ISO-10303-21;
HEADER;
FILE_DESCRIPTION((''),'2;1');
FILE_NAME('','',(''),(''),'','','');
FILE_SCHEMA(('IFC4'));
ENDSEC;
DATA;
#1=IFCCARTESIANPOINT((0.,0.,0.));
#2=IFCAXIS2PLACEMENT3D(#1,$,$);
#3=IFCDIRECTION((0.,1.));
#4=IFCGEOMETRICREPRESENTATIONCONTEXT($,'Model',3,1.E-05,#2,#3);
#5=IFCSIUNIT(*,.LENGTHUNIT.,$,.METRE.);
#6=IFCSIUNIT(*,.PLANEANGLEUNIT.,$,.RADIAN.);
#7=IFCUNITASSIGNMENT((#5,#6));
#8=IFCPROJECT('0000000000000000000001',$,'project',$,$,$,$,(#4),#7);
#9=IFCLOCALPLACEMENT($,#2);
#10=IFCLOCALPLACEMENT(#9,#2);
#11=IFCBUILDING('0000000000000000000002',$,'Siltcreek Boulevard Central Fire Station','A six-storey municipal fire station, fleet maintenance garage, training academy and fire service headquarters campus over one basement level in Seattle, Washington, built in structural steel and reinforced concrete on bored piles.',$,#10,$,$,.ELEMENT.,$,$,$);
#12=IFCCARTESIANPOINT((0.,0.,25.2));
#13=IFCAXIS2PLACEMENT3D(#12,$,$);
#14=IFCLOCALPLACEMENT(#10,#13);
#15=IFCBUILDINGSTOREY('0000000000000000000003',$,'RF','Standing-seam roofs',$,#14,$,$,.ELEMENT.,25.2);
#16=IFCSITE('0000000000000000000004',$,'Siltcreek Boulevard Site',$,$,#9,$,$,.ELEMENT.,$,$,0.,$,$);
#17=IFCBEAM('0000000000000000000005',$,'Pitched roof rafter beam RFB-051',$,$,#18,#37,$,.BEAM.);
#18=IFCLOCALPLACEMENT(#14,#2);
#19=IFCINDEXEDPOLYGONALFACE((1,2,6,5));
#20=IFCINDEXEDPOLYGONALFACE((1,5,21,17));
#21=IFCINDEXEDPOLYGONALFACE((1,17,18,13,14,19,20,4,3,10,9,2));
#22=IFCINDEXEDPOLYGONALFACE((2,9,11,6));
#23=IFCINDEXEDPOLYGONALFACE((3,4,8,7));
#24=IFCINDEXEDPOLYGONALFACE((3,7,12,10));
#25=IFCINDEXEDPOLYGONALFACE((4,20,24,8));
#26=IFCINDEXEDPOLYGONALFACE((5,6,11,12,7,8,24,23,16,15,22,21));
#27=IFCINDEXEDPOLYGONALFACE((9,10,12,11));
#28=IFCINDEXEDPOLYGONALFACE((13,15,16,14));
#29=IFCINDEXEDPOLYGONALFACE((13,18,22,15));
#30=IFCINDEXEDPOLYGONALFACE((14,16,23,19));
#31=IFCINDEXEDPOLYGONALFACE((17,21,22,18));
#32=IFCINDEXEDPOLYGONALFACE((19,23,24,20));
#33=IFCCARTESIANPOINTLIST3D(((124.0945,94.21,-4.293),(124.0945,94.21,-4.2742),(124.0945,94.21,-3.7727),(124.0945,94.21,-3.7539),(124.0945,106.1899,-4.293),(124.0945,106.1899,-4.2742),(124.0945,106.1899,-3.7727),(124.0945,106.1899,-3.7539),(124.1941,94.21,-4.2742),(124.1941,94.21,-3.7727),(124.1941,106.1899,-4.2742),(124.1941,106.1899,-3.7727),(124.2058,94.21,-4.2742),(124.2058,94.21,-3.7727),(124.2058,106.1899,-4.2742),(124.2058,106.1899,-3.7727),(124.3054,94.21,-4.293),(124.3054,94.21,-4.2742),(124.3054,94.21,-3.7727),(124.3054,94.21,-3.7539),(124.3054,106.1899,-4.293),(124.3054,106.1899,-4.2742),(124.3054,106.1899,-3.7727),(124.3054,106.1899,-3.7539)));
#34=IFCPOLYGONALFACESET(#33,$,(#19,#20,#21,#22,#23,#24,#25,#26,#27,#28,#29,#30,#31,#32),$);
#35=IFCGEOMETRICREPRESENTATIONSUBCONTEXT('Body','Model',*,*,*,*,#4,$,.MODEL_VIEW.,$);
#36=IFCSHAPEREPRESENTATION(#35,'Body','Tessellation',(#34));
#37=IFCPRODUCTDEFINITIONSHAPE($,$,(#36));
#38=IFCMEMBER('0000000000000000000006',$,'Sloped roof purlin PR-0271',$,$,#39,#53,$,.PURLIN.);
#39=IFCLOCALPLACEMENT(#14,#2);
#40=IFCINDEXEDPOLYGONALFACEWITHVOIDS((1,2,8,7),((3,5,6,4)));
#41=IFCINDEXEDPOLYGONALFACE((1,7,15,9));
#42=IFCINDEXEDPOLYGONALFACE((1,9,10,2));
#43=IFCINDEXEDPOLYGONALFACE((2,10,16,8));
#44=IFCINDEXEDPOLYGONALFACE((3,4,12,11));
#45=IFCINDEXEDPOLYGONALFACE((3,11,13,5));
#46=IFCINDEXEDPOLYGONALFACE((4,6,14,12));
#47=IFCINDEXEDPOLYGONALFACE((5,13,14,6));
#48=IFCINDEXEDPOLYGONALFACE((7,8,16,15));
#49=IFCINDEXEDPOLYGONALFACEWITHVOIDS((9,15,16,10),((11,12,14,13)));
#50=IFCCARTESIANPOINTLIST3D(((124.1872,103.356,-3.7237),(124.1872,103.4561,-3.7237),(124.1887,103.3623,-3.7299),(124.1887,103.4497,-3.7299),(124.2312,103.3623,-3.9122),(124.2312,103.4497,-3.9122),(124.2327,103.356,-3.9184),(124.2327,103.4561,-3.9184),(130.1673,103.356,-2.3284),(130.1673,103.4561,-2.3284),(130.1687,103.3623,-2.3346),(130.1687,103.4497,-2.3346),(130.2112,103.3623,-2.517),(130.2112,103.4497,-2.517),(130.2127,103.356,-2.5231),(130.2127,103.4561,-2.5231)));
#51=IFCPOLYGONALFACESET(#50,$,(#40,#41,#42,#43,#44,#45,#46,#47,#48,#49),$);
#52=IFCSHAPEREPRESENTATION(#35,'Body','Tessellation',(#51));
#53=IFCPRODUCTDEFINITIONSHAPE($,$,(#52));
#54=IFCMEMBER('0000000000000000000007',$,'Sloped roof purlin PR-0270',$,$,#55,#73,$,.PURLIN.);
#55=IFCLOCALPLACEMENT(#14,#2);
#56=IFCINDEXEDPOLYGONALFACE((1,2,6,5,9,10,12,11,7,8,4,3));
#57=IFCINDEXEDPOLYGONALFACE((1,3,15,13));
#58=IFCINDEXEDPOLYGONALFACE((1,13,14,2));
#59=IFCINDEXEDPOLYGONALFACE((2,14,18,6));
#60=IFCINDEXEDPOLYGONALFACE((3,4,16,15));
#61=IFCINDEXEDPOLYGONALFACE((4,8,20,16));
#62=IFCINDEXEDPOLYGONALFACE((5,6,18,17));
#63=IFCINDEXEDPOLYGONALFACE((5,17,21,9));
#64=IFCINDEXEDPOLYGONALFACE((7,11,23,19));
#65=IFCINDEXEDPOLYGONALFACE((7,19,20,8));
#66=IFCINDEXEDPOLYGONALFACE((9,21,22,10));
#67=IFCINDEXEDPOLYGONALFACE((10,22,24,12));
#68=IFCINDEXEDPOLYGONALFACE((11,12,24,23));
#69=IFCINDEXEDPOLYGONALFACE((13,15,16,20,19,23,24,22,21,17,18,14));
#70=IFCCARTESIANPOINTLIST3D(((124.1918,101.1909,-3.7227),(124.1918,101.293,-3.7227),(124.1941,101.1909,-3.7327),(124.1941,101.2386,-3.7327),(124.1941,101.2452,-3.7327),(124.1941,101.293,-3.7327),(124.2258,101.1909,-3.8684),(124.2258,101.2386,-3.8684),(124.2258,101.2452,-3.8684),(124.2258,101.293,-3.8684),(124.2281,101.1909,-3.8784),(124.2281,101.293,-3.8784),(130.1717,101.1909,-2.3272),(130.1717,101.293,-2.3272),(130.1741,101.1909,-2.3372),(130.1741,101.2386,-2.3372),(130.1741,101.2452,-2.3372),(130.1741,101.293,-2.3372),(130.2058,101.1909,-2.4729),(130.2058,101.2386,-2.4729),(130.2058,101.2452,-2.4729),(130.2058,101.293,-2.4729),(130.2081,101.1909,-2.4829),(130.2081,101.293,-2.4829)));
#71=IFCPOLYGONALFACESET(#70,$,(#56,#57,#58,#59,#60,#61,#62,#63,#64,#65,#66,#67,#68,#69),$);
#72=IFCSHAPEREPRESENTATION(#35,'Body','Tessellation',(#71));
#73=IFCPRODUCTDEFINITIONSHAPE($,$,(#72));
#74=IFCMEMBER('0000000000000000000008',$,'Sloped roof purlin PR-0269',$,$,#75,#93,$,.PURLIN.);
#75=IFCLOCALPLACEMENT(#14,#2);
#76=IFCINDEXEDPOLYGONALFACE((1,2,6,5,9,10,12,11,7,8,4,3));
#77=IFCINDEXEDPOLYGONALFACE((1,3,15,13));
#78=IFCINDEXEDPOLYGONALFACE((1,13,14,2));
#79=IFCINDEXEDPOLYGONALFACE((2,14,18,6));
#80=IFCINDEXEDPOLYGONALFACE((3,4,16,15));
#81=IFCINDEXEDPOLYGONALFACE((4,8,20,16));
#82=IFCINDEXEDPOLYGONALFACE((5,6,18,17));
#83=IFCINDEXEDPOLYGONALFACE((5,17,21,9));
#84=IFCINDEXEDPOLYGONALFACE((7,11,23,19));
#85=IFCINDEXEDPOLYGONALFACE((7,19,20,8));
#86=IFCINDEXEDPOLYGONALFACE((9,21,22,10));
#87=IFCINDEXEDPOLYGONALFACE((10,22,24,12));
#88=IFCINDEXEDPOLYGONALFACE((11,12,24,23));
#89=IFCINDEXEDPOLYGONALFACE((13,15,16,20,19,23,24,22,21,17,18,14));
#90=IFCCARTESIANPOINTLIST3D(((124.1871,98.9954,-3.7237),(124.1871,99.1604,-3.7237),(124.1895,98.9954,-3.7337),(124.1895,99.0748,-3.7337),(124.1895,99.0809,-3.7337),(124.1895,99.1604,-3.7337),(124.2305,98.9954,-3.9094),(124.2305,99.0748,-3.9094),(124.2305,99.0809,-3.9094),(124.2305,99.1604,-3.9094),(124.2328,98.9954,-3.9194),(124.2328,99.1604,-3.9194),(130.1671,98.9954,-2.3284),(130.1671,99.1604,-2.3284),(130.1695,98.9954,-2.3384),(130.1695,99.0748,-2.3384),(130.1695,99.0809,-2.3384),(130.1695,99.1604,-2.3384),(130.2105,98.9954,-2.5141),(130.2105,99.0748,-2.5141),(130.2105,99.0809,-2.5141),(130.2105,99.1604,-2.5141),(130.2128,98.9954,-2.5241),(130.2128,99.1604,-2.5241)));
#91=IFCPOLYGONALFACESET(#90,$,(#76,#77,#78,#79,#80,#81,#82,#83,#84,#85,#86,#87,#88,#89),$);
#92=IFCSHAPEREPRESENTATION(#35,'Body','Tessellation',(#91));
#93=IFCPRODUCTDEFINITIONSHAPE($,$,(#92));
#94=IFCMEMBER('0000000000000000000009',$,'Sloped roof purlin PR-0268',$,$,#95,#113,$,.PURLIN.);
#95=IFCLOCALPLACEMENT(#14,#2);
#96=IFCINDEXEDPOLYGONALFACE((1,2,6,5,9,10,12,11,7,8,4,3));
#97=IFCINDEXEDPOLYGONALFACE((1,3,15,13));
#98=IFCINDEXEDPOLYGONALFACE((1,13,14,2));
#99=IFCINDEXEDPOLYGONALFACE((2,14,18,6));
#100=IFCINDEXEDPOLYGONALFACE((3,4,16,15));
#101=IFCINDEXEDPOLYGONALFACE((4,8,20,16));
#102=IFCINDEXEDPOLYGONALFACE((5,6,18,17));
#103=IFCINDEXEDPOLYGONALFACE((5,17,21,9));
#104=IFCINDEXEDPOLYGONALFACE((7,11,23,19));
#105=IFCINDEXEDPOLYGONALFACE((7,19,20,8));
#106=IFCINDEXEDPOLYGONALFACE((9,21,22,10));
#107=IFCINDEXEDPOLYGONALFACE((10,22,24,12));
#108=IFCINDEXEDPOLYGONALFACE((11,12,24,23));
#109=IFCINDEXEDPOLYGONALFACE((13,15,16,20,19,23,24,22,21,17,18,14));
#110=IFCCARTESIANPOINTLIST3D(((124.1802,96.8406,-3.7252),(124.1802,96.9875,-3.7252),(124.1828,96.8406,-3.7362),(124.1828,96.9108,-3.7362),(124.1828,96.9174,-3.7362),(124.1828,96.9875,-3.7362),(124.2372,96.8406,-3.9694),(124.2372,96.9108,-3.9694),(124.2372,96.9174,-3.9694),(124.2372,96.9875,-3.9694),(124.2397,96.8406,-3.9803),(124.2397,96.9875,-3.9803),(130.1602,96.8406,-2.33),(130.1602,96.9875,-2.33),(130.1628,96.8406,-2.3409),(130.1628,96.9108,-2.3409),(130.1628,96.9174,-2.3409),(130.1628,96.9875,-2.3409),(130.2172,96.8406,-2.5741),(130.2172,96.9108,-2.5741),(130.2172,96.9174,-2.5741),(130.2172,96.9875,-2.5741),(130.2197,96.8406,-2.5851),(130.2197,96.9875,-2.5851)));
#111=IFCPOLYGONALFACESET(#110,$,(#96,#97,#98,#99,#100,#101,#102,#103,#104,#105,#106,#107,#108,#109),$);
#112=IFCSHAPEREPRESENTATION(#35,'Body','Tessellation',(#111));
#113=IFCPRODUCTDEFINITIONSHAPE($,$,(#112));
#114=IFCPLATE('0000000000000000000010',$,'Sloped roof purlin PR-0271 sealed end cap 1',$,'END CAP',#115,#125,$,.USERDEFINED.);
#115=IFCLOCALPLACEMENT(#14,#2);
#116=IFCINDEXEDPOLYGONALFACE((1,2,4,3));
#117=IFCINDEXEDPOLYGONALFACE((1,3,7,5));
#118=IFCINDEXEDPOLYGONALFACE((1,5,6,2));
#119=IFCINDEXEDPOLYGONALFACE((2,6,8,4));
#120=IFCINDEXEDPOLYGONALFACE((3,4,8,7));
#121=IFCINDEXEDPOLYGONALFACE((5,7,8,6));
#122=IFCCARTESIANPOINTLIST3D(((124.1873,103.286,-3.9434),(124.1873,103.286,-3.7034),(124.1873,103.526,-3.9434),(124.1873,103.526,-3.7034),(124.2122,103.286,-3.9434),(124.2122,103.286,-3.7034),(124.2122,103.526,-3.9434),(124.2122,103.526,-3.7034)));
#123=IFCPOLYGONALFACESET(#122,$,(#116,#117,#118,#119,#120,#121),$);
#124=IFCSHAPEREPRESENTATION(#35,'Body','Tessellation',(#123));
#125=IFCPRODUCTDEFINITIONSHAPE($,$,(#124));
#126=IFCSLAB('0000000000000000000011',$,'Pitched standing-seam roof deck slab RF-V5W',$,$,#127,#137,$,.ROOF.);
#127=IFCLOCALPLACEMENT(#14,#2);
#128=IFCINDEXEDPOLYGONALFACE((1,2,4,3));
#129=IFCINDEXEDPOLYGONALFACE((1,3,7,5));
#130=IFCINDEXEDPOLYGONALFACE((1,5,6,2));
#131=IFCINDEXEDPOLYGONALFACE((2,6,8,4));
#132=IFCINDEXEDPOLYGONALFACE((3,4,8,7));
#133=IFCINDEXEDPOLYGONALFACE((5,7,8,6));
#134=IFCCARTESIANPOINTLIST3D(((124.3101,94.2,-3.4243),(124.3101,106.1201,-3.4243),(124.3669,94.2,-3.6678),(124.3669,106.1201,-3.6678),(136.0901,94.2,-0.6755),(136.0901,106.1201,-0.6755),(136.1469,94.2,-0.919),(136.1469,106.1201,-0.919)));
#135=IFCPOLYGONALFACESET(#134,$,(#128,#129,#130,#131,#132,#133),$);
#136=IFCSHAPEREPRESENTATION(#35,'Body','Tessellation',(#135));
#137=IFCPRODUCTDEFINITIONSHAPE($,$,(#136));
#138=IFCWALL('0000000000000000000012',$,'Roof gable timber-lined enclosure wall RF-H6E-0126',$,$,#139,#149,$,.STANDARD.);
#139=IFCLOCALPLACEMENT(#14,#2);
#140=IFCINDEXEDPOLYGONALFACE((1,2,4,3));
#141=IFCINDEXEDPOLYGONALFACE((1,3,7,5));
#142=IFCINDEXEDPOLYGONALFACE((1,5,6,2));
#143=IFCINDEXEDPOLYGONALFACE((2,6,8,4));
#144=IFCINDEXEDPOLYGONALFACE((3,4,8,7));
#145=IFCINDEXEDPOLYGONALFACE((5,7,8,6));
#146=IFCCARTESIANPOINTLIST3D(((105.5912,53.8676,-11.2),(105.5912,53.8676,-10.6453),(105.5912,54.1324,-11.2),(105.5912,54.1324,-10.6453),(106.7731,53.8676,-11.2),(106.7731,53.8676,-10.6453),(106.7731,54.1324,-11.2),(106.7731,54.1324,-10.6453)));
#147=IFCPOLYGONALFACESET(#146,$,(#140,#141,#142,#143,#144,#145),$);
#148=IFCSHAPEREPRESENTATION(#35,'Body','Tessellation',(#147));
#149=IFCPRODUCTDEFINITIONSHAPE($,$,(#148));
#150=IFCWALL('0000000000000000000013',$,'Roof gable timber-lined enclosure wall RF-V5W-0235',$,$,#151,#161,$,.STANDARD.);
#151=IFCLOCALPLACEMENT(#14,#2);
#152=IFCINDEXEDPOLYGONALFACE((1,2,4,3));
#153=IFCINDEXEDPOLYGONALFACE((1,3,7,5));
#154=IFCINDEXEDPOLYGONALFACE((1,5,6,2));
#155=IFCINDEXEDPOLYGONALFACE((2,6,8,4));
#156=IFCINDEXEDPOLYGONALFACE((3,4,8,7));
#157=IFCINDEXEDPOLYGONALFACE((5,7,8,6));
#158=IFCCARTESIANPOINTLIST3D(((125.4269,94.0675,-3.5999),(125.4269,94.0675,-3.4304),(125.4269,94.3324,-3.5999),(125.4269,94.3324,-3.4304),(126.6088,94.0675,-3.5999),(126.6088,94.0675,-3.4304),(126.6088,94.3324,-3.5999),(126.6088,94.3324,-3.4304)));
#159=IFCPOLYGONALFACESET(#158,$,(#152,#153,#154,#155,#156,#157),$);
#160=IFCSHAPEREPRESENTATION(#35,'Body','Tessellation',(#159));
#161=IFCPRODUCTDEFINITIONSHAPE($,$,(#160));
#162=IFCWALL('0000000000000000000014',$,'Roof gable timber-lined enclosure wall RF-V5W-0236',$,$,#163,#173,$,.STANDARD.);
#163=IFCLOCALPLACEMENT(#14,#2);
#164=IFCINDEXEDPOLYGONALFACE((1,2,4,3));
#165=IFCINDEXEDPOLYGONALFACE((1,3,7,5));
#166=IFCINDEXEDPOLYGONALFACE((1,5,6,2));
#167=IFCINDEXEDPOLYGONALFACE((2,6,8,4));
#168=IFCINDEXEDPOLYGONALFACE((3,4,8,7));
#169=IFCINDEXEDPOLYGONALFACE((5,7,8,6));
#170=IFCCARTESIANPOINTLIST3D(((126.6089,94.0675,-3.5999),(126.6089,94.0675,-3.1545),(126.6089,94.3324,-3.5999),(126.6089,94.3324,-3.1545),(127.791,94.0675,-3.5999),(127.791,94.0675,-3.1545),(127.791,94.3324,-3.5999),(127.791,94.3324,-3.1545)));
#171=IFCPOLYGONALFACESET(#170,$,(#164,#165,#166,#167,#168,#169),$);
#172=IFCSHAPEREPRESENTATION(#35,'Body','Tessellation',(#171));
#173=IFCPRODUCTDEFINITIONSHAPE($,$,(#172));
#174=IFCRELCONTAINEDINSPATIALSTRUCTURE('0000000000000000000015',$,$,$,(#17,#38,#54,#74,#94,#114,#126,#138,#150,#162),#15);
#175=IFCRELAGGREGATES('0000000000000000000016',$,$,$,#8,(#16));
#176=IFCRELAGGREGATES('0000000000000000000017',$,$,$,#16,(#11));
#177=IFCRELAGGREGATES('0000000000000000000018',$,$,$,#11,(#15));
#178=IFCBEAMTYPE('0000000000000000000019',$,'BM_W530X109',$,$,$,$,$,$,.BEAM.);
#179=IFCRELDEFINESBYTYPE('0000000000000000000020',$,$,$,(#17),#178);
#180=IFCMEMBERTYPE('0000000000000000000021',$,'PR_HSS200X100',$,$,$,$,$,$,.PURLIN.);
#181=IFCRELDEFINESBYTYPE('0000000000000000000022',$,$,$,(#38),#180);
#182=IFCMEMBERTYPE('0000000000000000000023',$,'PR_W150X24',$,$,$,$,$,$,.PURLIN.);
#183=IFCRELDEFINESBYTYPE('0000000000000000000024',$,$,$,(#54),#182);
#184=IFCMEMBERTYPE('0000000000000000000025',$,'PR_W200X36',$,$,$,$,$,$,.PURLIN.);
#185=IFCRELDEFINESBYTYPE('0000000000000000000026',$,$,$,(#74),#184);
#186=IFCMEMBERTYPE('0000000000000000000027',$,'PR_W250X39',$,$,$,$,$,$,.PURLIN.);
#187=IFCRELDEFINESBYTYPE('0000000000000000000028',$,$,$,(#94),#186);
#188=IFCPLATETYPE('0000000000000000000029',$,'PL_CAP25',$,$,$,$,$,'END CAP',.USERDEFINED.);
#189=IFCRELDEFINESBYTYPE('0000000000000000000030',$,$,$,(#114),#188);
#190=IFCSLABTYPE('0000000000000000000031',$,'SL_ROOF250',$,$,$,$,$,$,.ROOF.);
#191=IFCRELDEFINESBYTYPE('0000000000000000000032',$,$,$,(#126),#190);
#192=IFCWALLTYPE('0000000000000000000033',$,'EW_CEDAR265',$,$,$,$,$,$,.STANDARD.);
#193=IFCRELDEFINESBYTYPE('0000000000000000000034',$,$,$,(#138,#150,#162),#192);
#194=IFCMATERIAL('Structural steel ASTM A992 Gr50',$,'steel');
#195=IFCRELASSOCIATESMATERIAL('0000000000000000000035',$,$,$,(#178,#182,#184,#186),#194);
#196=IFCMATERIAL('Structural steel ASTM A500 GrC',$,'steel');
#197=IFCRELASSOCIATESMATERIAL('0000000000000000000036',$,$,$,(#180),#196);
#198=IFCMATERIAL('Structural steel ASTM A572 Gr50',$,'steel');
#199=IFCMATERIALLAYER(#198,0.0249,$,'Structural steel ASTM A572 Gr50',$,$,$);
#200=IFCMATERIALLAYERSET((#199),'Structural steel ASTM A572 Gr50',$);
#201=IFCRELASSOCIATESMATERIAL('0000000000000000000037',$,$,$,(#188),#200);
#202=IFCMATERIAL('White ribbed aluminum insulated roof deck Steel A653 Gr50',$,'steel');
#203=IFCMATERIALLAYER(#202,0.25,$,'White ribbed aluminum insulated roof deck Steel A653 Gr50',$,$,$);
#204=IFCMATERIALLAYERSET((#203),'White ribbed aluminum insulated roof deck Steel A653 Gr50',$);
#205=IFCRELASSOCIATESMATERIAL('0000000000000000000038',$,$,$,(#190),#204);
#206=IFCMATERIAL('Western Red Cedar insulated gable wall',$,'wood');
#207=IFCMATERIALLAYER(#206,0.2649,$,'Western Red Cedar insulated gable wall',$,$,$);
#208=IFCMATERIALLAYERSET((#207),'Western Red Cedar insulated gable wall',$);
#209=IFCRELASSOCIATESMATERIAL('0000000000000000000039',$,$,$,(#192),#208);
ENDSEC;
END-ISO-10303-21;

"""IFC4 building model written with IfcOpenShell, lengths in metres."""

from ifc_helpers import new_model, si_unit, direction, frame, frame_2d, origin, origin_2d, place, context, subcontext, project, spatial, polyline, rectangle, hollow_rectangle, i_section, outline, extrude, material, layer, layer_set, material_profile, profile_set, type_object, element, save


model = new_model("IFC4")

# Units and contexts
model_context = context("Model", 3, precision=1e-05, world=origin(), true_north=direction((0.0, 1.0)))
body_context = subcontext(model_context, "Body", "Model", "MODEL_VIEW")
ifc_project = project(units=[si_unit("LENGTHUNIT", "METRE"), si_unit("PLANEANGLEUNIT", "RADIAN")], contexts=[model_context])

# Site, building, storey
site_placement = place(None, origin())
site = spatial("IfcSite", under=ifc_project, at=site_placement, Name="Siltcreek Boulevard Site", CompositionType="ELEMENT", RefElevation=0.0)
building_placement = place(site_placement, origin())
building = spatial("IfcBuilding", under=site, at=building_placement, Name="Siltcreek Boulevard Central Fire Station", Description="A six-storey municipal fire station, fleet maintenance garage, training academy and fire service headquarters campus over one basement level in Seattle, Washington, built in structural steel and reinforced concrete on bored piles.", CompositionType="ELEMENT")
storey_placement = place(building_placement, frame((0.0, 0.0, 25.2)))
storey = spatial("IfcBuildingStorey", under=building, at=storey_placement, Name="RF", Description="Standing-seam roofs", CompositionType="ELEMENT", Elevation=25.2)

# Beam
ifc_material_1 = material(Name="Structural steel ASTM A992 Gr50", Category="steel")
ifc_material_profile_1 = material_profile(ifc_material_1, i_section(OverallWidth=0.2109, OverallDepth=0.5391, WebThickness=0.0117, FlangeThickness=0.0188, at=origin_2d()), Name="W530X109")
ifc_profile_set_1 = profile_set([ifc_material_profile_1], Name="Structural steel ASTM A992 Gr50")
beam_type = type_object("IfcBeamType", Name="BM_W530X109", PredefinedType="BEAM", material=ifc_profile_set_1)
beam_placement = place(storey_placement, frame((124.2, 94.21, -4.0234), z_axis=(0.0, 1.0, 0.0), x_axis=(-1.0, 0.0, 0.0)))
element("IfcBeam", 1, at=beam_placement, inside=storey, type_object=beam_type, Name="Pitched roof rafter beam RFB-051", PredefinedType="BEAM", context=body_context, shape_type="SweptSolid", body=[
    extrude(i_section(OverallWidth=0.2109, OverallDepth=0.5391, WebThickness=0.0117, FlangeThickness=0.0188, at=origin_2d()), origin(), (0.0, 0.0, 1.0), 11.98),
])

# Members
ifc_material_2 = material(Name="Structural steel ASTM A500 GrC", Category="steel")
ifc_material_profile_2 = material_profile(ifc_material_2, hollow_rectangle(XDim=0.1001, YDim=0.2, WallThickness=0.0063, at=origin_2d()), Name="HSS200X100X6.4")
ifc_profile_set_2 = profile_set([ifc_material_profile_2], Name="Structural steel ASTM A500 GrC")
member_type_1 = type_object("IfcMemberType", Name="PR_HSS200X100", PredefinedType="PURLIN", material=ifc_profile_set_2)
member_1_placement = place(storey_placement, frame((124.21, 103.406, -3.821), z_axis=(0.973844, 0.0, 0.22722), x_axis=(0.0, 1.0, 0.0)))
element("IfcMember", 2, at=member_1_placement, inside=storey, type_object=member_type_1, Name="Sloped roof purlin PR-0271", PredefinedType="PURLIN", context=body_context, shape_type="SweptSolid", body=[
    extrude(hollow_rectangle(XDim=0.1001, YDim=0.2, WallThickness=0.0063, at=origin_2d()), origin(), (0.0, 0.0, 1.0), 6.1406),
])
ifc_material_profile_3 = material_profile(ifc_material_1, i_section(OverallWidth=0.1021, OverallDepth=0.1599, WebThickness=0.0066, FlangeThickness=0.0103, at=origin_2d()), Name="W150X24")
ifc_profile_set_3 = profile_set([ifc_material_profile_3], Name="Structural steel ASTM A992 Gr50")
member_type_2 = type_object("IfcMemberType", Name="PR_W150X24", PredefinedType="PURLIN", material=ifc_profile_set_3)
member_2_placement = place(storey_placement, frame((124.21, 101.2419, -3.8005), z_axis=(0.973835, 0.0, 0.227257), x_axis=(0.0, 1.0, 0.0)))
element("IfcMember", 3, at=member_2_placement, inside=storey, type_object=member_type_2, Name="Sloped roof purlin PR-0270", PredefinedType="PURLIN", context=body_context, shape_type="SweptSolid", body=[
    extrude(i_section(OverallWidth=0.1021, OverallDepth=0.1599, WebThickness=0.0066, FlangeThickness=0.0103, at=origin_2d()), origin(), (0.0, 0.0, 1.0), 6.1406),
])
ifc_material_profile_4 = material_profile(ifc_material_1, i_section(OverallWidth=0.165, OverallDepth=0.2009, WebThickness=0.0061, FlangeThickness=0.0103, at=origin_2d()), Name="W200X36")
ifc_profile_set_4 = profile_set([ifc_material_profile_4], Name="Structural steel ASTM A992 Gr50")
member_type_3 = type_object("IfcMemberType", Name="PR_W200X36", PredefinedType="PURLIN", material=ifc_profile_set_4)
member_3_placement = place(storey_placement, frame((124.21, 99.0779, -3.8215), z_axis=(0.973844, 0.0, 0.22722), x_axis=(0.0, 1.0, 0.0)))
element("IfcMember", 4, at=member_3_placement, inside=storey, type_object=member_type_3, Name="Sloped roof purlin PR-0269", PredefinedType="PURLIN", context=body_context, shape_type="SweptSolid", body=[
    extrude(i_section(OverallWidth=0.165, OverallDepth=0.2009, WebThickness=0.0061, FlangeThickness=0.0103, at=origin_2d()), origin(), (0.0, 0.0, 1.0), 6.1406),
])
ifc_material_profile_5 = material_profile(ifc_material_1, i_section(OverallWidth=0.147, OverallDepth=0.262, WebThickness=0.0066, FlangeThickness=0.0112, at=origin_2d()), Name="W250X39")
ifc_profile_set_5 = profile_set([ifc_material_profile_5], Name="Structural steel ASTM A992 Gr50")
member_type_4 = type_object("IfcMemberType", Name="PR_W250X39", PredefinedType="PURLIN", material=ifc_profile_set_5)
member_4_placement = place(storey_placement, frame((124.21, 96.9141, -3.8528), z_axis=(0.973844, 0.0, 0.22722), x_axis=(0.0, 1.0, 0.0)))
element("IfcMember", 5, at=member_4_placement, inside=storey, type_object=member_type_4, Name="Sloped roof purlin PR-0268", PredefinedType="PURLIN", context=body_context, shape_type="SweptSolid", body=[
    extrude(i_section(OverallWidth=0.147, OverallDepth=0.262, WebThickness=0.0066, FlangeThickness=0.0112, at=origin_2d()), origin(), (0.0, 0.0, 1.0), 6.1406),
])

# Plate
ifc_material_3 = material(Name="Structural steel ASTM A572 Gr50", Category="steel")
ifc_layer_1 = layer(ifc_material_3, 0.0249, Name="Structural steel ASTM A572 Gr50")
ifc_layer_set_1 = layer_set([ifc_layer_1], Name="Structural steel ASTM A572 Gr50")
plate_type = type_object("IfcPlateType", Name="PL_CAP25", ElementType="END CAP", PredefinedType="USERDEFINED", material=ifc_layer_set_1)
plate_placement = place(storey_placement, frame((124.1997, 103.406, -3.9434), z_axis=(0.0, 0.0, 1.0), x_axis=(1.0, 0.0, 0.0)))
element("IfcPlate", 6, at=plate_placement, inside=storey, type_object=plate_type, Name="Sloped roof purlin PR-0271 sealed end cap 1", ObjectType="END CAP", PredefinedType="USERDEFINED", context=body_context, shape_type="SweptSolid", body=[
    extrude(rectangle(XDim=0.0249, YDim=0.24, at=origin_2d()), origin(), (0.0, 0.0, 1.0), 0.24),
])

# Slab
ifc_material_4 = material(Name="White ribbed aluminum insulated roof deck Steel A653 Gr50", Category="steel")
ifc_layer_2 = layer(ifc_material_4, 0.25, Name="White ribbed aluminum insulated roof deck Steel A653 Gr50")
ifc_layer_set_2 = layer_set([ifc_layer_2], Name="White ribbed aluminum insulated roof deck Steel A653 Gr50")
slab_type = type_object("IfcSlabType", Name="SL_ROOF250", PredefinedType="ROOF", material=ifc_layer_set_2)
slab_placement = place(storey_placement, frame((124.3101, 94.2, -3.4243), z_axis=(-0.227238, 0.0, 0.973839), x_axis=(0.973839, 0.0, 0.227238)))
element("IfcSlab", 7, at=slab_placement, inside=storey, type_object=slab_type, Name="Pitched standing-seam roof deck slab RF-V5W", PredefinedType="ROOF", context=body_context, shape_type="SweptSolid", body=[
    extrude(outline(polyline([(0.0, 0.0), (12.0965, 0.0), (12.0965, 11.9202), (0.0, 11.9202), (0.0, 0.0)])), origin(), (0.0, 0.0, -1.0), 0.25),
])

# Walls
ifc_material_5 = material(Name="Western Red Cedar insulated gable wall", Category="wood")
ifc_layer_3 = layer(ifc_material_5, 0.2649, Name="Western Red Cedar insulated gable wall")
ifc_layer_set_3 = layer_set([ifc_layer_3], Name="Western Red Cedar insulated gable wall")
wall_type_1 = type_object("IfcWallType", Name="EW_CEDAR265", PredefinedType="STANDARD", material=ifc_layer_set_3)
wall_1_placement = place(storey_placement, frame((106.7729, 54.0, -11.2), z_axis=(0.0, 0.0, 1.0), x_axis=(-1.0, 0.0, 0.0)))
element("IfcWall", 8, at=wall_1_placement, inside=storey, type_object=wall_type_1, Name="Roof gable timber-lined enclosure wall RF-H6E-0126", PredefinedType="STANDARD", context=body_context, shape_type="SweptSolid", body=[
    extrude(rectangle(XDim=1.1819, YDim=0.2649, at=frame_2d((0.5908, 0.0))), origin(), (0.0, 0.0, 1.0), 0.5547),
])
wall_2_placement = place(storey_placement, frame((125.427, 94.2, -3.5999), z_axis=(0.0, 0.0, 1.0), x_axis=(1.0, 0.0, 0.0)))
element("IfcWall", 9, at=wall_2_placement, inside=storey, type_object=wall_type_1, Name="Roof gable timber-lined enclosure wall RF-V5W-0235", PredefinedType="STANDARD", context=body_context, shape_type="SweptSolid", body=[
    extrude(rectangle(XDim=1.1819, YDim=0.2649, at=frame_2d((0.5908, 0.0))), origin(), (0.0, 0.0, 1.0), 0.1694),
])
wall_3_placement = place(storey_placement, frame((126.6089, 94.2, -3.5999), z_axis=(0.0, 0.0, 1.0), x_axis=(1.0, 0.0, 0.0)))
element("IfcWall", 10, at=wall_3_placement, inside=storey, type_object=wall_type_1, Name="Roof gable timber-lined enclosure wall RF-V5W-0236", PredefinedType="STANDARD", context=body_context, shape_type="SweptSolid", body=[
    extrude(rectangle(XDim=1.1821, YDim=0.2649, at=frame_2d((0.5911, 0.0))), origin(), (0.0, 0.0, 1.0), 0.4453),
])

save(model, "model.ifc")
